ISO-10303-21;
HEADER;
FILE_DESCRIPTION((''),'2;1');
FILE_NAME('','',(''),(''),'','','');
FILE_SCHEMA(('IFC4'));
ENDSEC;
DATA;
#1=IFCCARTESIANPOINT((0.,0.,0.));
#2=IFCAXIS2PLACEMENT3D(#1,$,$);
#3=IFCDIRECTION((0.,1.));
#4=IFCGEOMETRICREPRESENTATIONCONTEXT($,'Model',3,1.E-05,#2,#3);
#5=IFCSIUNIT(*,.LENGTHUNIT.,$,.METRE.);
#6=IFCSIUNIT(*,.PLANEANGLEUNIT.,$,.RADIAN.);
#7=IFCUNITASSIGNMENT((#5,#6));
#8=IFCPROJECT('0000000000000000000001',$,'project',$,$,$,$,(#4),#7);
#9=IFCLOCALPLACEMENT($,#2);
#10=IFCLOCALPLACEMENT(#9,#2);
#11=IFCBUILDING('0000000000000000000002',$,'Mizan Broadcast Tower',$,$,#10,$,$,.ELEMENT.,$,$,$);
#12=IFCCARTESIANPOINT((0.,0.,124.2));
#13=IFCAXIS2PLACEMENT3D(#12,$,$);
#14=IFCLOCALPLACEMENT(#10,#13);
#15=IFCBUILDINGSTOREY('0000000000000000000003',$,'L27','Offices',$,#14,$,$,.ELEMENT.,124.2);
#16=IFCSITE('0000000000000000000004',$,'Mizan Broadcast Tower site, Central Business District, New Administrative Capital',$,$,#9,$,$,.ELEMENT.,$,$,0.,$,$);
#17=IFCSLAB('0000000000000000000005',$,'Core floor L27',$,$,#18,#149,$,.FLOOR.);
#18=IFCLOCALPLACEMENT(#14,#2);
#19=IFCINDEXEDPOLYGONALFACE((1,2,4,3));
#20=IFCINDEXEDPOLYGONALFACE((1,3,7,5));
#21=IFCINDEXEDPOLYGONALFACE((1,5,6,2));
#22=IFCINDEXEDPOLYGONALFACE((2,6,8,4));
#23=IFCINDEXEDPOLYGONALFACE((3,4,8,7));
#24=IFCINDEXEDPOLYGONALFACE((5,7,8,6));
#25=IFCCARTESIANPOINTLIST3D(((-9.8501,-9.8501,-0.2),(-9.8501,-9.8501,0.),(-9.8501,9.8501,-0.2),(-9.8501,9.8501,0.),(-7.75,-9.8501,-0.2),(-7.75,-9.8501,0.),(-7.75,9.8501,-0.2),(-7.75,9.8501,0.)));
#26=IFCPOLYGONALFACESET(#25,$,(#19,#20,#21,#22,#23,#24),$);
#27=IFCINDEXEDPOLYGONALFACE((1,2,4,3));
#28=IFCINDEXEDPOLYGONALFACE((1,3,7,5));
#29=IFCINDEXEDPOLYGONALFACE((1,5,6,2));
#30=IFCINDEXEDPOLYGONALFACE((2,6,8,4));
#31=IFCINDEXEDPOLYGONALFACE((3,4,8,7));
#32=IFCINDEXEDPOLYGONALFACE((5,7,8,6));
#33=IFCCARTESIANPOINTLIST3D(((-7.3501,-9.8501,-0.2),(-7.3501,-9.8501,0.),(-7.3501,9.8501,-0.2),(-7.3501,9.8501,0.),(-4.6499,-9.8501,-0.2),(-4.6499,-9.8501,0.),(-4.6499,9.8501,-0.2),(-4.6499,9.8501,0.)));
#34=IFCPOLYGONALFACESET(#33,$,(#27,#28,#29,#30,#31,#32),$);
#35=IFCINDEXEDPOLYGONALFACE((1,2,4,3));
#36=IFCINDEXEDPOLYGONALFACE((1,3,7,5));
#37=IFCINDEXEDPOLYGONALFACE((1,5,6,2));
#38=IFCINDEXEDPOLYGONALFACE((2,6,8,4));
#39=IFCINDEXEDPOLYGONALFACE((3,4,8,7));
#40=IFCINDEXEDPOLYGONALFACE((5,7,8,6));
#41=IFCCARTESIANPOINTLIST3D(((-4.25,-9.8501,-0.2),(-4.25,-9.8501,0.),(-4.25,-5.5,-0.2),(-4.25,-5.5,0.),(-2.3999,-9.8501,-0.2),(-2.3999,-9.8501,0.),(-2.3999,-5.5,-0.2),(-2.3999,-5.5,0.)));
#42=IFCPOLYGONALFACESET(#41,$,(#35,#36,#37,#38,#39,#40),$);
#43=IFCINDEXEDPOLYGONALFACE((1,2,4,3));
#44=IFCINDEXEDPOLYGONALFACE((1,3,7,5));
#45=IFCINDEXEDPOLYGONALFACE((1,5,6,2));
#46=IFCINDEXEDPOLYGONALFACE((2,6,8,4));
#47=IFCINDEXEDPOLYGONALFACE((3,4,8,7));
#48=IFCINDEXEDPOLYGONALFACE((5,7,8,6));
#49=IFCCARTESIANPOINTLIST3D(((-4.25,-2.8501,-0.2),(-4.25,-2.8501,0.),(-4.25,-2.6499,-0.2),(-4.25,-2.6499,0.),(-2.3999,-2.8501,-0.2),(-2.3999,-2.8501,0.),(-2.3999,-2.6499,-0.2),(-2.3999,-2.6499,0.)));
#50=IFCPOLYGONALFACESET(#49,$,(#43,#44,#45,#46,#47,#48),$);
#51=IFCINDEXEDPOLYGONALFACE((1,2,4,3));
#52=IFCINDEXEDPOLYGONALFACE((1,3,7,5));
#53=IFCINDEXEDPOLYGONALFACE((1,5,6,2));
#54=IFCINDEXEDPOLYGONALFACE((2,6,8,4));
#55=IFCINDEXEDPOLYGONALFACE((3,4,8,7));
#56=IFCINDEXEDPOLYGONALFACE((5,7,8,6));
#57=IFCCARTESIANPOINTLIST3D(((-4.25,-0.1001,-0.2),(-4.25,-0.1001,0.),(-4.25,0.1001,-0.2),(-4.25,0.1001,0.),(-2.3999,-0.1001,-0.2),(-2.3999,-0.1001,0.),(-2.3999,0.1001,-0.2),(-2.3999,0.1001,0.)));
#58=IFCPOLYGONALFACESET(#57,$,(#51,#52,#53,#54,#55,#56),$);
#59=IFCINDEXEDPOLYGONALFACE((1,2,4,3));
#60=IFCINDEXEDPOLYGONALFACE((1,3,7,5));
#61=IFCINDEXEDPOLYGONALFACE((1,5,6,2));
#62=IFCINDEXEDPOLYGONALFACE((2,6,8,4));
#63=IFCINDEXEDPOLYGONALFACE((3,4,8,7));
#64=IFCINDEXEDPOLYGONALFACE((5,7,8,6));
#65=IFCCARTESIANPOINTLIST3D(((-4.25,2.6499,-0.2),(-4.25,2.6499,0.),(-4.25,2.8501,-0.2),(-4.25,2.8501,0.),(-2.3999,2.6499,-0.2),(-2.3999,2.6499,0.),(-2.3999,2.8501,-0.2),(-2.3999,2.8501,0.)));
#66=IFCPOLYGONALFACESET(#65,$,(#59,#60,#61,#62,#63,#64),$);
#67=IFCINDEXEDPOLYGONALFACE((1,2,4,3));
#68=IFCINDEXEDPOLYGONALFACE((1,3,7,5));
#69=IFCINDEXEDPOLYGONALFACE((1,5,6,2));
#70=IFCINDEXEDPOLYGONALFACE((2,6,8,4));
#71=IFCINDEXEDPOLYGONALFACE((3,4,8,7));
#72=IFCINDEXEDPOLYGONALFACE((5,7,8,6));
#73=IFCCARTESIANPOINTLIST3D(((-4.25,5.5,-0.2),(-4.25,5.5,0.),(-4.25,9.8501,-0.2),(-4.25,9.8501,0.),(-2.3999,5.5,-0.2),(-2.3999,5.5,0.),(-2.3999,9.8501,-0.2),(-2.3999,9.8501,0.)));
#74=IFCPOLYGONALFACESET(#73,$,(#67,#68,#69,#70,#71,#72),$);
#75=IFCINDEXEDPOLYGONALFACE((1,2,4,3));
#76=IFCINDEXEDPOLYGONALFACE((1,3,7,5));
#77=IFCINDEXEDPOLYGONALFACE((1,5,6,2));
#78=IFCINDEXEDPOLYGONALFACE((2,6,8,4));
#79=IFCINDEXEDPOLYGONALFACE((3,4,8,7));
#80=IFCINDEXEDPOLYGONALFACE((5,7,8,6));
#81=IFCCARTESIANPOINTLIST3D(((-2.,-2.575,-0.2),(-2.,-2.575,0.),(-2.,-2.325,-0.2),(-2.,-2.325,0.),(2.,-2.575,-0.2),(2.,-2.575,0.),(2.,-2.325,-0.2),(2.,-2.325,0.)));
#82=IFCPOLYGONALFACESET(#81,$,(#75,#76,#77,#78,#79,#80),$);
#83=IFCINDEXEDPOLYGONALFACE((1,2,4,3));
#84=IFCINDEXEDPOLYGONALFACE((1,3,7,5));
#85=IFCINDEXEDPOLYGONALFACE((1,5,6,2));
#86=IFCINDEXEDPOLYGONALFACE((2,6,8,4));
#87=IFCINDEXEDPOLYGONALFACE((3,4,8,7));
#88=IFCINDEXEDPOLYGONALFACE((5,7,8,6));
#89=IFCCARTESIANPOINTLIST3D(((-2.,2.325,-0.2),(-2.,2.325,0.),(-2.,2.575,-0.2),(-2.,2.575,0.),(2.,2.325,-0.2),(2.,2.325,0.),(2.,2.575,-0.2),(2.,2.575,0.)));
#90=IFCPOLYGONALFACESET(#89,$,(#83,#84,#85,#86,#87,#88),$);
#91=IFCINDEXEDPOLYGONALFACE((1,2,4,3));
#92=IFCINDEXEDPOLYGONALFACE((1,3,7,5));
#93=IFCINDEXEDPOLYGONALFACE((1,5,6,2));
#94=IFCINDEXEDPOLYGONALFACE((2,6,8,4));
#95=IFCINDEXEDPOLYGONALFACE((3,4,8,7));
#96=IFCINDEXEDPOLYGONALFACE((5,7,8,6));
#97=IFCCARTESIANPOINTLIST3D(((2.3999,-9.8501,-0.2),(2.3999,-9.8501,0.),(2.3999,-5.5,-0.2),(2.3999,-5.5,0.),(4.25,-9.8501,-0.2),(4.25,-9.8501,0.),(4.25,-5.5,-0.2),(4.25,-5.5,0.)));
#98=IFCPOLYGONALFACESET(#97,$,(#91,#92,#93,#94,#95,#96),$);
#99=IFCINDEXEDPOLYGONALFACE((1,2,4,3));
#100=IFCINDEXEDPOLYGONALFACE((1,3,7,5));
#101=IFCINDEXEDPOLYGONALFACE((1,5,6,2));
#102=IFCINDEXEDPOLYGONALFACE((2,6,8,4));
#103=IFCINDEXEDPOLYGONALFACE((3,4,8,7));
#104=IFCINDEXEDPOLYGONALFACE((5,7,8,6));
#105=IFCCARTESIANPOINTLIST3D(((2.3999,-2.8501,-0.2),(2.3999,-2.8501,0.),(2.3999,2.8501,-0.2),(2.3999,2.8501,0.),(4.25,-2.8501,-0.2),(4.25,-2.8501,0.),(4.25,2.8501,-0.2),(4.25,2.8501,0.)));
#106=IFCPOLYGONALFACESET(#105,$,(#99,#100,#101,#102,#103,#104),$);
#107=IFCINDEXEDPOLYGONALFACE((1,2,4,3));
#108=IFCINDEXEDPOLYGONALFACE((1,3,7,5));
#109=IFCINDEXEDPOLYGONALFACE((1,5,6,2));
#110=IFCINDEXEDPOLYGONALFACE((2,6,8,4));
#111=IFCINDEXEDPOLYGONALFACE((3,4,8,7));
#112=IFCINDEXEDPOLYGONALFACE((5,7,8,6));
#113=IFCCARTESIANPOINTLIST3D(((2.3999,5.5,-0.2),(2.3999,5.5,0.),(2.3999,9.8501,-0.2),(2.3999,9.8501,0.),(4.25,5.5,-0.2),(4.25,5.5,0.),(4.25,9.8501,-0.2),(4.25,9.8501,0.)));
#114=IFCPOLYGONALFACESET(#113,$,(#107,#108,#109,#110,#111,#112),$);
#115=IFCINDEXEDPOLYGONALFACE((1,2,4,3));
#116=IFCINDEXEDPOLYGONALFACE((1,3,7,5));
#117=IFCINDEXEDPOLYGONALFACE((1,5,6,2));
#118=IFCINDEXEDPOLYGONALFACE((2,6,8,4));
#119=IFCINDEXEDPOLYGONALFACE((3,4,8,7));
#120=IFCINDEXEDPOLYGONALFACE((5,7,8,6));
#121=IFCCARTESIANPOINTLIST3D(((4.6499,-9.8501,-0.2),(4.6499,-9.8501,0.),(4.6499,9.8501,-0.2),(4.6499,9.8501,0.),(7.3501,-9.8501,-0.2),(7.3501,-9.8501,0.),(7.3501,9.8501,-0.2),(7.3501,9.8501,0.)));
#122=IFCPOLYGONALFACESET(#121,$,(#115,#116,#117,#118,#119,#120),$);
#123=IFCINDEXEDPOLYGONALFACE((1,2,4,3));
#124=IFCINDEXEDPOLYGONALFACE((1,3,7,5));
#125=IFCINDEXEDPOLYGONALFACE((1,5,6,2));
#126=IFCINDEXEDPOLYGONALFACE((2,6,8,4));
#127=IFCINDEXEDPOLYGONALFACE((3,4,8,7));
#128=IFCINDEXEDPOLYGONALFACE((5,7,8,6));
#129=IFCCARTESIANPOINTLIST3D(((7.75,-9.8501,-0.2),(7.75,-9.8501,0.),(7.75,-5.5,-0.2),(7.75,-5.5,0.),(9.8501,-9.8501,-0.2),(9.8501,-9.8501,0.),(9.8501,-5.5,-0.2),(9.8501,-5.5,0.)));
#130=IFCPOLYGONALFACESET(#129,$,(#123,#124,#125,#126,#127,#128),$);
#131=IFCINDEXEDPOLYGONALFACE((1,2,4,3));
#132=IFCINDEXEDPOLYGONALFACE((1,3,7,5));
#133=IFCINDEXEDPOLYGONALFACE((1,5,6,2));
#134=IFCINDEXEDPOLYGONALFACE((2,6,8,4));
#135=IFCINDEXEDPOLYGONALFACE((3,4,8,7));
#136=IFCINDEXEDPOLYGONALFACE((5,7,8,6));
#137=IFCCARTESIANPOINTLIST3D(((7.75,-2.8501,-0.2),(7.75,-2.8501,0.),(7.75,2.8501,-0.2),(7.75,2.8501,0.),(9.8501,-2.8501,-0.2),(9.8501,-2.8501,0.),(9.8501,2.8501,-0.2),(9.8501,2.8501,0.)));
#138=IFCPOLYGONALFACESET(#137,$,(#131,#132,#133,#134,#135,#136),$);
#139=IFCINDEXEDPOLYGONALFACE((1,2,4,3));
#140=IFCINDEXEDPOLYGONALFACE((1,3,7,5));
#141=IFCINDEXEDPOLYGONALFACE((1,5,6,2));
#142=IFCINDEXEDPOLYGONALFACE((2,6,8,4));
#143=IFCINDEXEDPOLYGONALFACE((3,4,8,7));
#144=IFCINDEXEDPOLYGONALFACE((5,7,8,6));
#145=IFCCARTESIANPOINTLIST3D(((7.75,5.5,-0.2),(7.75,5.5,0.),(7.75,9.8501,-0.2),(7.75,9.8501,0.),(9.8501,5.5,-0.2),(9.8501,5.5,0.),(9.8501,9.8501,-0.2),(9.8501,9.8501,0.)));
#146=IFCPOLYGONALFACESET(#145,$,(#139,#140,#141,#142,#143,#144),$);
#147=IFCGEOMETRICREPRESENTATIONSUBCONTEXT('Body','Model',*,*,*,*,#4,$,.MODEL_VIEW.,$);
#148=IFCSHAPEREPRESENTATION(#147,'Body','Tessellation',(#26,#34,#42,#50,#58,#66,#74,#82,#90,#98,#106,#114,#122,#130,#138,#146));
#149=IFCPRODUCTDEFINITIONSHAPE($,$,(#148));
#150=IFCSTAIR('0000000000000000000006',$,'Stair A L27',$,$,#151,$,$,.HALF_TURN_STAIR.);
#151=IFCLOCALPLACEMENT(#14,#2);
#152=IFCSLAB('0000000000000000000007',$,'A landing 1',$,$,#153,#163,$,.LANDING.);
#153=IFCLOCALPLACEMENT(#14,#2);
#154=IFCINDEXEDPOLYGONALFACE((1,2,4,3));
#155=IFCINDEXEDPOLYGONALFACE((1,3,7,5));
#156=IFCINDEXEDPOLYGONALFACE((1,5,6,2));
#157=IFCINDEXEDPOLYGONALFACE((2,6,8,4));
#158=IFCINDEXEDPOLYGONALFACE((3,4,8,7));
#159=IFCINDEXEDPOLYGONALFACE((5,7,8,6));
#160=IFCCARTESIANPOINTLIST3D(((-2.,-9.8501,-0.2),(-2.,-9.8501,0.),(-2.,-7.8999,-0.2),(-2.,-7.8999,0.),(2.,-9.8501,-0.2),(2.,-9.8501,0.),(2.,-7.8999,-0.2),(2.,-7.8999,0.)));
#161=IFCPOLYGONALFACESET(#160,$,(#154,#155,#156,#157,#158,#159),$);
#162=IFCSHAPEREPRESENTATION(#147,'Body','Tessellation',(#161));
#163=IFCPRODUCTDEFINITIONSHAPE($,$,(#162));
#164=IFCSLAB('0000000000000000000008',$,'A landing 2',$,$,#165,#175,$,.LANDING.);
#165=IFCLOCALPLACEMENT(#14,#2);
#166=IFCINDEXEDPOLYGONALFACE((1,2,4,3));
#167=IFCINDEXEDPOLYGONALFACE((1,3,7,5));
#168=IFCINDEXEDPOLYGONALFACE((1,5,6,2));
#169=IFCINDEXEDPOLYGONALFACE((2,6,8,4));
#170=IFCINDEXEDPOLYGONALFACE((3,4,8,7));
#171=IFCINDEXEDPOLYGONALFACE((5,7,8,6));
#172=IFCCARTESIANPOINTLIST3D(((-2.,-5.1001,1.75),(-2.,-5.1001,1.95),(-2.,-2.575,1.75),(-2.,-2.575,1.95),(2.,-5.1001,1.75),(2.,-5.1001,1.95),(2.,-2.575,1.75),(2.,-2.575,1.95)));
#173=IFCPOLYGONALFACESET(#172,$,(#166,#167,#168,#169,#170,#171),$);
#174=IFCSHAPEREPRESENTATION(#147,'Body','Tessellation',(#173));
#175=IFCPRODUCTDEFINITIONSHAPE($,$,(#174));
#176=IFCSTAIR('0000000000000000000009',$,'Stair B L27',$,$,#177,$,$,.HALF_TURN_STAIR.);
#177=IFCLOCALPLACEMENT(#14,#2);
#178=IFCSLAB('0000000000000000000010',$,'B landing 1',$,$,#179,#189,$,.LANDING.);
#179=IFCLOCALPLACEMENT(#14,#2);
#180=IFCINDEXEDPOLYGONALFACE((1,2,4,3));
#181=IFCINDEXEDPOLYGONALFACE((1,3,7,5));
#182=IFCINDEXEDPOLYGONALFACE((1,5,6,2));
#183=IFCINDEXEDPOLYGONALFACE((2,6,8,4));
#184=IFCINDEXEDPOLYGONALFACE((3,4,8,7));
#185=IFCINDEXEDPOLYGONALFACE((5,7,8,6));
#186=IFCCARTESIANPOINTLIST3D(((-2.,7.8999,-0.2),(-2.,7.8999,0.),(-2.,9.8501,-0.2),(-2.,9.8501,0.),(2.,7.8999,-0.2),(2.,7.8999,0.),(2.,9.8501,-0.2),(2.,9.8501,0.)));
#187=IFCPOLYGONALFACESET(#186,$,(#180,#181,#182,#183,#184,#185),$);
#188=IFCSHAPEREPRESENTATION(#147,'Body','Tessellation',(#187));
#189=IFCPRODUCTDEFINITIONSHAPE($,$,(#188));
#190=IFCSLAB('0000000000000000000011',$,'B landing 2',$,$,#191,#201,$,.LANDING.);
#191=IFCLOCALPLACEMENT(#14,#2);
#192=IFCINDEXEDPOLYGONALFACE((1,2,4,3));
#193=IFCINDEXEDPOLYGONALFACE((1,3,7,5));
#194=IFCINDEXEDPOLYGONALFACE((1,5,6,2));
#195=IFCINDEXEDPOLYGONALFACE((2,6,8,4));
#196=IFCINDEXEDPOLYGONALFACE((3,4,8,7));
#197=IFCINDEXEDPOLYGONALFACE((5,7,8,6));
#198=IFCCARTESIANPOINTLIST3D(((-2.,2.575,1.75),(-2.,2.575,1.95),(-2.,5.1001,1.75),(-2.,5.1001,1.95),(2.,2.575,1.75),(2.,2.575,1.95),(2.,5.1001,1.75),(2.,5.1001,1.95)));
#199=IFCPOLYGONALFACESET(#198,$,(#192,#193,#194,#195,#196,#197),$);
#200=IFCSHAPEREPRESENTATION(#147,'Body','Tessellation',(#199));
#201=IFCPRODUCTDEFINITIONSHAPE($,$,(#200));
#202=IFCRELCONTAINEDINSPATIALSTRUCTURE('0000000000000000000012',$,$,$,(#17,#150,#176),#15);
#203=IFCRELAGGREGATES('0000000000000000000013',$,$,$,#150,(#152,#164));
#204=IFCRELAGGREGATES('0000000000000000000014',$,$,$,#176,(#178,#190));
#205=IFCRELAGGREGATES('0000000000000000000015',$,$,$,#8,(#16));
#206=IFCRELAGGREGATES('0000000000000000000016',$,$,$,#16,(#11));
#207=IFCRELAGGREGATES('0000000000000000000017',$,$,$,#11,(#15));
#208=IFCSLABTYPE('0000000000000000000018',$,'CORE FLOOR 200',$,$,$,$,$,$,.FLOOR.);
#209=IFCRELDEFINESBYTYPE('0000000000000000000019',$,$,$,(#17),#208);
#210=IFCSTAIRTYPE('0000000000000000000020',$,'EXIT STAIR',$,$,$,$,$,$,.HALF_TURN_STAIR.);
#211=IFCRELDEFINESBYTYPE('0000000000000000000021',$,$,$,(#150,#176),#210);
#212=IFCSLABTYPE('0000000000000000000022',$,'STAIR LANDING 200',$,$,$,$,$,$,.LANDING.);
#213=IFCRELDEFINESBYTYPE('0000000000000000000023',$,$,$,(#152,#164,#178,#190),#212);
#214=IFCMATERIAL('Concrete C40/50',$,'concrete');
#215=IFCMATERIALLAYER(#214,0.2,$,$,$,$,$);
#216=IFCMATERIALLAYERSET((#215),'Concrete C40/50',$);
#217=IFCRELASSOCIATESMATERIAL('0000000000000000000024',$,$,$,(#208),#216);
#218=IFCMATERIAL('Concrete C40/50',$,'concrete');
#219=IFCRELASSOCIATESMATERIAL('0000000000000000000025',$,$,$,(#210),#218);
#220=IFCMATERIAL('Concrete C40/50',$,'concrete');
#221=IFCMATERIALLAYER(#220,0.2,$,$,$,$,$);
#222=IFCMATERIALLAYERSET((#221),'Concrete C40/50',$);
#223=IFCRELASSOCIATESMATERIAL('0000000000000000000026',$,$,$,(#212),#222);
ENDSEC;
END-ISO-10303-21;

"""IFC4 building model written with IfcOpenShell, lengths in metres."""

from ifc_helpers import new_model, si_unit, direction, frame, origin, place, context, subcontext, project, spatial, polyline, outline, extrude, material, layer, layer_set, type_object, element, aggregate, save


model = new_model("IFC4")

# Units and contexts
model_context = context("Model", 3, precision=1e-05, world=origin(), true_north=direction((0.0, 1.0)))
body_context = subcontext(model_context, "Body", "Model", "MODEL_VIEW")
ifc_project = project(units=[si_unit("LENGTHUNIT", "METRE"), si_unit("PLANEANGLEUNIT", "RADIAN")], contexts=[model_context])

# Site, building, storey
site_placement = place(None, origin())
site = spatial("IfcSite", under=ifc_project, at=site_placement, Name="Mizan Broadcast Tower site, Central Business District, New Administrative Capital", CompositionType="ELEMENT", RefElevation=0.0)
building_placement = place(site_placement, origin())
building = spatial("IfcBuilding", under=site, at=building_placement, Name="Mizan Broadcast Tower", CompositionType="ELEMENT")
storey_placement = place(building_placement, frame((0.0, 0.0, 124.2)))
storey = spatial("IfcBuildingStorey", under=building, at=storey_placement, Name="L27", Description="Offices", CompositionType="ELEMENT", Elevation=124.2)

# Slab
ifc_material_1 = material(Name="Concrete C40/50", Category="concrete")
ifc_layer_1 = layer(ifc_material_1, 0.2)
ifc_layer_set_1 = layer_set([ifc_layer_1], Name="Concrete C40/50")
slab_type_1 = type_object("IfcSlabType", Name="CORE FLOOR 200", PredefinedType="FLOOR", material=ifc_layer_set_1)
slab_1_placement = place(storey_placement, frame((0.0, 0.0, -0.2)))
element("IfcSlab", 1, at=slab_1_placement, inside=storey, type_object=slab_type_1, Name="Core floor L27", PredefinedType="FLOOR", context=body_context, shape_type="SweptSolid", body=[
    extrude(outline(polyline([(-9.8501, -9.8501), (-7.75, -9.8501), (-7.75, 9.8501), (-9.8501, 9.8501), (-9.8501, -9.8501)])), origin(), (0.0, 0.0, 1.0), 0.2),
    extrude(outline(polyline([(-4.6499, 9.8501), (-7.3501, 9.8501), (-7.3501, -9.8501), (-4.6499, -9.8501), (-4.6499, 9.8501)])), origin(), (0.0, 0.0, 1.0), 0.2),
    extrude(outline(polyline([(-4.25, -5.5), (-4.25, -9.8501), (-2.3999, -9.8501), (-2.3999, -5.5), (-4.25, -5.5)])), origin(), (0.0, 0.0, 1.0), 0.2),
    extrude(outline(polyline([(-4.25, -2.8501), (-2.3999, -2.8501), (-2.3999, -2.6499), (-4.25, -2.6499), (-4.25, -2.8501)])), origin(), (0.0, 0.0, 1.0), 0.2),
    extrude(outline(polyline([(-4.25, -0.1001), (-2.3999, -0.1001), (-2.3999, 0.1001), (-4.25, 0.1001), (-4.25, -0.1001)])), origin(), (0.0, 0.0, 1.0), 0.2),
    extrude(outline(polyline([(-4.25, 2.6499), (-2.3999, 2.6499), (-2.3999, 2.8501), (-4.25, 2.8501), (-4.25, 2.6499)])), origin(), (0.0, 0.0, 1.0), 0.2),
    extrude(outline(polyline([(-4.25, 5.5), (-2.3999, 5.5), (-2.3999, 9.8501), (-4.25, 9.8501), (-4.25, 5.5)])), origin(), (0.0, 0.0, 1.0), 0.2),
    extrude(outline(polyline([(2.0, -2.325), (-2.0, -2.325), (-2.0, -2.575), (2.0, -2.575), (2.0, -2.325)])), origin(), (0.0, 0.0, 1.0), 0.2),
    extrude(outline(polyline([(2.0, 2.575), (-2.0, 2.575), (-2.0, 2.325), (2.0, 2.325), (2.0, 2.575)])), origin(), (0.0, 0.0, 1.0), 0.2),
    extrude(outline(polyline([(4.25, -9.8501), (4.25, -5.5), (2.3999, -5.5), (2.3999, -9.8501), (4.25, -9.8501)])), origin(), (0.0, 0.0, 1.0), 0.2),
    extrude(outline(polyline([(4.25, -2.8501), (4.25, 2.8501), (2.3999, 2.8501), (2.3999, -2.8501), (4.25, -2.8501)])), origin(), (0.0, 0.0, 1.0), 0.2),
    extrude(outline(polyline([(4.25, 5.5), (4.25, 9.8501), (2.3999, 9.8501), (2.3999, 5.5), (4.25, 5.5)])), origin(), (0.0, 0.0, 1.0), 0.2),
    extrude(outline(polyline([(4.6499, 9.8501), (4.6499, -9.8501), (7.3501, -9.8501), (7.3501, 9.8501), (4.6499, 9.8501)])), origin(), (0.0, 0.0, 1.0), 0.2),
    extrude(outline(polyline([(9.8501, -9.8501), (9.8501, -5.5), (7.75, -5.5), (7.75, -9.8501), (9.8501, -9.8501)])), origin(), (0.0, 0.0, 1.0), 0.2),
    extrude(outline(polyline([(7.75, -2.8501), (9.8501, -2.8501), (9.8501, 2.8501), (7.75, 2.8501), (7.75, -2.8501)])), origin(), (0.0, 0.0, 1.0), 0.2),
    extrude(outline(polyline([(9.8501, 5.5), (9.8501, 9.8501), (7.75, 9.8501), (7.75, 5.5), (9.8501, 5.5)])), origin(), (0.0, 0.0, 1.0), 0.2),
])

# Stairs, slabs
ifc_material_2 = material(Name="Concrete C40/50", Category="concrete")
stair_type = type_object("IfcStairType", Name="EXIT STAIR", PredefinedType="HALF_TURN_STAIR", material=ifc_material_2)
stair_1_placement = place(storey_placement, origin())
stair_1 = element("IfcStair", 2, at=stair_1_placement, inside=storey, type_object=stair_type, Name="Stair A L27", PredefinedType="HALF_TURN_STAIR")
ifc_material_3 = material(Name="Concrete C40/50", Category="concrete")
ifc_layer_2 = layer(ifc_material_3, 0.2)
ifc_layer_set_2 = layer_set([ifc_layer_2], Name="Concrete C40/50")
slab_type_2 = type_object("IfcSlabType", Name="STAIR LANDING 200", PredefinedType="LANDING", material=ifc_layer_set_2)
slab_2_placement = place(storey_placement, frame((0.0, 0.0, -0.2)))
slab_2 = element("IfcSlab", 3, at=slab_2_placement, type_object=slab_type_2, Name="A landing 1", PredefinedType="LANDING", context=body_context, shape_type="SweptSolid", body=[
    extrude(outline(polyline([(-2.0, -9.8501), (-2.0, -7.8999), (2.0, -7.8999), (2.0, -9.8501), (-2.0, -9.8501)])), origin(), (0.0, 0.0, 1.0), 0.2),
])
slab_3_placement = place(storey_placement, frame((0.0, 0.0, 1.75)))
slab_3 = element("IfcSlab", 4, at=slab_3_placement, type_object=slab_type_2, Name="A landing 2", PredefinedType="LANDING", context=body_context, shape_type="SweptSolid", body=[
    extrude(outline(polyline([(-2.0, -5.1001), (-2.0, -2.575), (2.0, -2.575), (2.0, -5.1001), (-2.0, -5.1001)])), origin(), (0.0, 0.0, 1.0), 0.2),
])
aggregate(stair_1, [slab_2, slab_3])
stair_2_placement = place(storey_placement, origin())
stair_2 = element("IfcStair", 5, at=stair_2_placement, inside=storey, type_object=stair_type, Name="Stair B L27", PredefinedType="HALF_TURN_STAIR")
slab_4_placement = place(storey_placement, frame((0.0, 0.0, -0.2)))
slab_4 = element("IfcSlab", 6, at=slab_4_placement, type_object=slab_type_2, Name="B landing 1", PredefinedType="LANDING", context=body_context, shape_type="SweptSolid", body=[
    extrude(outline(polyline([(2.0, 9.8501), (2.0, 7.8999), (-2.0, 7.8999), (-2.0, 9.8501), (2.0, 9.8501)])), origin(), (0.0, 0.0, 1.0), 0.2),
])
slab_5_placement = place(storey_placement, frame((0.0, 0.0, 1.75)))
slab_5 = element("IfcSlab", 7, at=slab_5_placement, type_object=slab_type_2, Name="B landing 2", PredefinedType="LANDING", context=body_context, shape_type="SweptSolid", body=[
    extrude(outline(polyline([(2.0, 5.1001), (2.0, 2.575), (-2.0, 2.575), (-2.0, 5.1001), (2.0, 5.1001)])), origin(), (0.0, 0.0, 1.0), 0.2),
])

aggregate(stair_2, [slab_4, slab_5])

save(model, "model.ifc")
